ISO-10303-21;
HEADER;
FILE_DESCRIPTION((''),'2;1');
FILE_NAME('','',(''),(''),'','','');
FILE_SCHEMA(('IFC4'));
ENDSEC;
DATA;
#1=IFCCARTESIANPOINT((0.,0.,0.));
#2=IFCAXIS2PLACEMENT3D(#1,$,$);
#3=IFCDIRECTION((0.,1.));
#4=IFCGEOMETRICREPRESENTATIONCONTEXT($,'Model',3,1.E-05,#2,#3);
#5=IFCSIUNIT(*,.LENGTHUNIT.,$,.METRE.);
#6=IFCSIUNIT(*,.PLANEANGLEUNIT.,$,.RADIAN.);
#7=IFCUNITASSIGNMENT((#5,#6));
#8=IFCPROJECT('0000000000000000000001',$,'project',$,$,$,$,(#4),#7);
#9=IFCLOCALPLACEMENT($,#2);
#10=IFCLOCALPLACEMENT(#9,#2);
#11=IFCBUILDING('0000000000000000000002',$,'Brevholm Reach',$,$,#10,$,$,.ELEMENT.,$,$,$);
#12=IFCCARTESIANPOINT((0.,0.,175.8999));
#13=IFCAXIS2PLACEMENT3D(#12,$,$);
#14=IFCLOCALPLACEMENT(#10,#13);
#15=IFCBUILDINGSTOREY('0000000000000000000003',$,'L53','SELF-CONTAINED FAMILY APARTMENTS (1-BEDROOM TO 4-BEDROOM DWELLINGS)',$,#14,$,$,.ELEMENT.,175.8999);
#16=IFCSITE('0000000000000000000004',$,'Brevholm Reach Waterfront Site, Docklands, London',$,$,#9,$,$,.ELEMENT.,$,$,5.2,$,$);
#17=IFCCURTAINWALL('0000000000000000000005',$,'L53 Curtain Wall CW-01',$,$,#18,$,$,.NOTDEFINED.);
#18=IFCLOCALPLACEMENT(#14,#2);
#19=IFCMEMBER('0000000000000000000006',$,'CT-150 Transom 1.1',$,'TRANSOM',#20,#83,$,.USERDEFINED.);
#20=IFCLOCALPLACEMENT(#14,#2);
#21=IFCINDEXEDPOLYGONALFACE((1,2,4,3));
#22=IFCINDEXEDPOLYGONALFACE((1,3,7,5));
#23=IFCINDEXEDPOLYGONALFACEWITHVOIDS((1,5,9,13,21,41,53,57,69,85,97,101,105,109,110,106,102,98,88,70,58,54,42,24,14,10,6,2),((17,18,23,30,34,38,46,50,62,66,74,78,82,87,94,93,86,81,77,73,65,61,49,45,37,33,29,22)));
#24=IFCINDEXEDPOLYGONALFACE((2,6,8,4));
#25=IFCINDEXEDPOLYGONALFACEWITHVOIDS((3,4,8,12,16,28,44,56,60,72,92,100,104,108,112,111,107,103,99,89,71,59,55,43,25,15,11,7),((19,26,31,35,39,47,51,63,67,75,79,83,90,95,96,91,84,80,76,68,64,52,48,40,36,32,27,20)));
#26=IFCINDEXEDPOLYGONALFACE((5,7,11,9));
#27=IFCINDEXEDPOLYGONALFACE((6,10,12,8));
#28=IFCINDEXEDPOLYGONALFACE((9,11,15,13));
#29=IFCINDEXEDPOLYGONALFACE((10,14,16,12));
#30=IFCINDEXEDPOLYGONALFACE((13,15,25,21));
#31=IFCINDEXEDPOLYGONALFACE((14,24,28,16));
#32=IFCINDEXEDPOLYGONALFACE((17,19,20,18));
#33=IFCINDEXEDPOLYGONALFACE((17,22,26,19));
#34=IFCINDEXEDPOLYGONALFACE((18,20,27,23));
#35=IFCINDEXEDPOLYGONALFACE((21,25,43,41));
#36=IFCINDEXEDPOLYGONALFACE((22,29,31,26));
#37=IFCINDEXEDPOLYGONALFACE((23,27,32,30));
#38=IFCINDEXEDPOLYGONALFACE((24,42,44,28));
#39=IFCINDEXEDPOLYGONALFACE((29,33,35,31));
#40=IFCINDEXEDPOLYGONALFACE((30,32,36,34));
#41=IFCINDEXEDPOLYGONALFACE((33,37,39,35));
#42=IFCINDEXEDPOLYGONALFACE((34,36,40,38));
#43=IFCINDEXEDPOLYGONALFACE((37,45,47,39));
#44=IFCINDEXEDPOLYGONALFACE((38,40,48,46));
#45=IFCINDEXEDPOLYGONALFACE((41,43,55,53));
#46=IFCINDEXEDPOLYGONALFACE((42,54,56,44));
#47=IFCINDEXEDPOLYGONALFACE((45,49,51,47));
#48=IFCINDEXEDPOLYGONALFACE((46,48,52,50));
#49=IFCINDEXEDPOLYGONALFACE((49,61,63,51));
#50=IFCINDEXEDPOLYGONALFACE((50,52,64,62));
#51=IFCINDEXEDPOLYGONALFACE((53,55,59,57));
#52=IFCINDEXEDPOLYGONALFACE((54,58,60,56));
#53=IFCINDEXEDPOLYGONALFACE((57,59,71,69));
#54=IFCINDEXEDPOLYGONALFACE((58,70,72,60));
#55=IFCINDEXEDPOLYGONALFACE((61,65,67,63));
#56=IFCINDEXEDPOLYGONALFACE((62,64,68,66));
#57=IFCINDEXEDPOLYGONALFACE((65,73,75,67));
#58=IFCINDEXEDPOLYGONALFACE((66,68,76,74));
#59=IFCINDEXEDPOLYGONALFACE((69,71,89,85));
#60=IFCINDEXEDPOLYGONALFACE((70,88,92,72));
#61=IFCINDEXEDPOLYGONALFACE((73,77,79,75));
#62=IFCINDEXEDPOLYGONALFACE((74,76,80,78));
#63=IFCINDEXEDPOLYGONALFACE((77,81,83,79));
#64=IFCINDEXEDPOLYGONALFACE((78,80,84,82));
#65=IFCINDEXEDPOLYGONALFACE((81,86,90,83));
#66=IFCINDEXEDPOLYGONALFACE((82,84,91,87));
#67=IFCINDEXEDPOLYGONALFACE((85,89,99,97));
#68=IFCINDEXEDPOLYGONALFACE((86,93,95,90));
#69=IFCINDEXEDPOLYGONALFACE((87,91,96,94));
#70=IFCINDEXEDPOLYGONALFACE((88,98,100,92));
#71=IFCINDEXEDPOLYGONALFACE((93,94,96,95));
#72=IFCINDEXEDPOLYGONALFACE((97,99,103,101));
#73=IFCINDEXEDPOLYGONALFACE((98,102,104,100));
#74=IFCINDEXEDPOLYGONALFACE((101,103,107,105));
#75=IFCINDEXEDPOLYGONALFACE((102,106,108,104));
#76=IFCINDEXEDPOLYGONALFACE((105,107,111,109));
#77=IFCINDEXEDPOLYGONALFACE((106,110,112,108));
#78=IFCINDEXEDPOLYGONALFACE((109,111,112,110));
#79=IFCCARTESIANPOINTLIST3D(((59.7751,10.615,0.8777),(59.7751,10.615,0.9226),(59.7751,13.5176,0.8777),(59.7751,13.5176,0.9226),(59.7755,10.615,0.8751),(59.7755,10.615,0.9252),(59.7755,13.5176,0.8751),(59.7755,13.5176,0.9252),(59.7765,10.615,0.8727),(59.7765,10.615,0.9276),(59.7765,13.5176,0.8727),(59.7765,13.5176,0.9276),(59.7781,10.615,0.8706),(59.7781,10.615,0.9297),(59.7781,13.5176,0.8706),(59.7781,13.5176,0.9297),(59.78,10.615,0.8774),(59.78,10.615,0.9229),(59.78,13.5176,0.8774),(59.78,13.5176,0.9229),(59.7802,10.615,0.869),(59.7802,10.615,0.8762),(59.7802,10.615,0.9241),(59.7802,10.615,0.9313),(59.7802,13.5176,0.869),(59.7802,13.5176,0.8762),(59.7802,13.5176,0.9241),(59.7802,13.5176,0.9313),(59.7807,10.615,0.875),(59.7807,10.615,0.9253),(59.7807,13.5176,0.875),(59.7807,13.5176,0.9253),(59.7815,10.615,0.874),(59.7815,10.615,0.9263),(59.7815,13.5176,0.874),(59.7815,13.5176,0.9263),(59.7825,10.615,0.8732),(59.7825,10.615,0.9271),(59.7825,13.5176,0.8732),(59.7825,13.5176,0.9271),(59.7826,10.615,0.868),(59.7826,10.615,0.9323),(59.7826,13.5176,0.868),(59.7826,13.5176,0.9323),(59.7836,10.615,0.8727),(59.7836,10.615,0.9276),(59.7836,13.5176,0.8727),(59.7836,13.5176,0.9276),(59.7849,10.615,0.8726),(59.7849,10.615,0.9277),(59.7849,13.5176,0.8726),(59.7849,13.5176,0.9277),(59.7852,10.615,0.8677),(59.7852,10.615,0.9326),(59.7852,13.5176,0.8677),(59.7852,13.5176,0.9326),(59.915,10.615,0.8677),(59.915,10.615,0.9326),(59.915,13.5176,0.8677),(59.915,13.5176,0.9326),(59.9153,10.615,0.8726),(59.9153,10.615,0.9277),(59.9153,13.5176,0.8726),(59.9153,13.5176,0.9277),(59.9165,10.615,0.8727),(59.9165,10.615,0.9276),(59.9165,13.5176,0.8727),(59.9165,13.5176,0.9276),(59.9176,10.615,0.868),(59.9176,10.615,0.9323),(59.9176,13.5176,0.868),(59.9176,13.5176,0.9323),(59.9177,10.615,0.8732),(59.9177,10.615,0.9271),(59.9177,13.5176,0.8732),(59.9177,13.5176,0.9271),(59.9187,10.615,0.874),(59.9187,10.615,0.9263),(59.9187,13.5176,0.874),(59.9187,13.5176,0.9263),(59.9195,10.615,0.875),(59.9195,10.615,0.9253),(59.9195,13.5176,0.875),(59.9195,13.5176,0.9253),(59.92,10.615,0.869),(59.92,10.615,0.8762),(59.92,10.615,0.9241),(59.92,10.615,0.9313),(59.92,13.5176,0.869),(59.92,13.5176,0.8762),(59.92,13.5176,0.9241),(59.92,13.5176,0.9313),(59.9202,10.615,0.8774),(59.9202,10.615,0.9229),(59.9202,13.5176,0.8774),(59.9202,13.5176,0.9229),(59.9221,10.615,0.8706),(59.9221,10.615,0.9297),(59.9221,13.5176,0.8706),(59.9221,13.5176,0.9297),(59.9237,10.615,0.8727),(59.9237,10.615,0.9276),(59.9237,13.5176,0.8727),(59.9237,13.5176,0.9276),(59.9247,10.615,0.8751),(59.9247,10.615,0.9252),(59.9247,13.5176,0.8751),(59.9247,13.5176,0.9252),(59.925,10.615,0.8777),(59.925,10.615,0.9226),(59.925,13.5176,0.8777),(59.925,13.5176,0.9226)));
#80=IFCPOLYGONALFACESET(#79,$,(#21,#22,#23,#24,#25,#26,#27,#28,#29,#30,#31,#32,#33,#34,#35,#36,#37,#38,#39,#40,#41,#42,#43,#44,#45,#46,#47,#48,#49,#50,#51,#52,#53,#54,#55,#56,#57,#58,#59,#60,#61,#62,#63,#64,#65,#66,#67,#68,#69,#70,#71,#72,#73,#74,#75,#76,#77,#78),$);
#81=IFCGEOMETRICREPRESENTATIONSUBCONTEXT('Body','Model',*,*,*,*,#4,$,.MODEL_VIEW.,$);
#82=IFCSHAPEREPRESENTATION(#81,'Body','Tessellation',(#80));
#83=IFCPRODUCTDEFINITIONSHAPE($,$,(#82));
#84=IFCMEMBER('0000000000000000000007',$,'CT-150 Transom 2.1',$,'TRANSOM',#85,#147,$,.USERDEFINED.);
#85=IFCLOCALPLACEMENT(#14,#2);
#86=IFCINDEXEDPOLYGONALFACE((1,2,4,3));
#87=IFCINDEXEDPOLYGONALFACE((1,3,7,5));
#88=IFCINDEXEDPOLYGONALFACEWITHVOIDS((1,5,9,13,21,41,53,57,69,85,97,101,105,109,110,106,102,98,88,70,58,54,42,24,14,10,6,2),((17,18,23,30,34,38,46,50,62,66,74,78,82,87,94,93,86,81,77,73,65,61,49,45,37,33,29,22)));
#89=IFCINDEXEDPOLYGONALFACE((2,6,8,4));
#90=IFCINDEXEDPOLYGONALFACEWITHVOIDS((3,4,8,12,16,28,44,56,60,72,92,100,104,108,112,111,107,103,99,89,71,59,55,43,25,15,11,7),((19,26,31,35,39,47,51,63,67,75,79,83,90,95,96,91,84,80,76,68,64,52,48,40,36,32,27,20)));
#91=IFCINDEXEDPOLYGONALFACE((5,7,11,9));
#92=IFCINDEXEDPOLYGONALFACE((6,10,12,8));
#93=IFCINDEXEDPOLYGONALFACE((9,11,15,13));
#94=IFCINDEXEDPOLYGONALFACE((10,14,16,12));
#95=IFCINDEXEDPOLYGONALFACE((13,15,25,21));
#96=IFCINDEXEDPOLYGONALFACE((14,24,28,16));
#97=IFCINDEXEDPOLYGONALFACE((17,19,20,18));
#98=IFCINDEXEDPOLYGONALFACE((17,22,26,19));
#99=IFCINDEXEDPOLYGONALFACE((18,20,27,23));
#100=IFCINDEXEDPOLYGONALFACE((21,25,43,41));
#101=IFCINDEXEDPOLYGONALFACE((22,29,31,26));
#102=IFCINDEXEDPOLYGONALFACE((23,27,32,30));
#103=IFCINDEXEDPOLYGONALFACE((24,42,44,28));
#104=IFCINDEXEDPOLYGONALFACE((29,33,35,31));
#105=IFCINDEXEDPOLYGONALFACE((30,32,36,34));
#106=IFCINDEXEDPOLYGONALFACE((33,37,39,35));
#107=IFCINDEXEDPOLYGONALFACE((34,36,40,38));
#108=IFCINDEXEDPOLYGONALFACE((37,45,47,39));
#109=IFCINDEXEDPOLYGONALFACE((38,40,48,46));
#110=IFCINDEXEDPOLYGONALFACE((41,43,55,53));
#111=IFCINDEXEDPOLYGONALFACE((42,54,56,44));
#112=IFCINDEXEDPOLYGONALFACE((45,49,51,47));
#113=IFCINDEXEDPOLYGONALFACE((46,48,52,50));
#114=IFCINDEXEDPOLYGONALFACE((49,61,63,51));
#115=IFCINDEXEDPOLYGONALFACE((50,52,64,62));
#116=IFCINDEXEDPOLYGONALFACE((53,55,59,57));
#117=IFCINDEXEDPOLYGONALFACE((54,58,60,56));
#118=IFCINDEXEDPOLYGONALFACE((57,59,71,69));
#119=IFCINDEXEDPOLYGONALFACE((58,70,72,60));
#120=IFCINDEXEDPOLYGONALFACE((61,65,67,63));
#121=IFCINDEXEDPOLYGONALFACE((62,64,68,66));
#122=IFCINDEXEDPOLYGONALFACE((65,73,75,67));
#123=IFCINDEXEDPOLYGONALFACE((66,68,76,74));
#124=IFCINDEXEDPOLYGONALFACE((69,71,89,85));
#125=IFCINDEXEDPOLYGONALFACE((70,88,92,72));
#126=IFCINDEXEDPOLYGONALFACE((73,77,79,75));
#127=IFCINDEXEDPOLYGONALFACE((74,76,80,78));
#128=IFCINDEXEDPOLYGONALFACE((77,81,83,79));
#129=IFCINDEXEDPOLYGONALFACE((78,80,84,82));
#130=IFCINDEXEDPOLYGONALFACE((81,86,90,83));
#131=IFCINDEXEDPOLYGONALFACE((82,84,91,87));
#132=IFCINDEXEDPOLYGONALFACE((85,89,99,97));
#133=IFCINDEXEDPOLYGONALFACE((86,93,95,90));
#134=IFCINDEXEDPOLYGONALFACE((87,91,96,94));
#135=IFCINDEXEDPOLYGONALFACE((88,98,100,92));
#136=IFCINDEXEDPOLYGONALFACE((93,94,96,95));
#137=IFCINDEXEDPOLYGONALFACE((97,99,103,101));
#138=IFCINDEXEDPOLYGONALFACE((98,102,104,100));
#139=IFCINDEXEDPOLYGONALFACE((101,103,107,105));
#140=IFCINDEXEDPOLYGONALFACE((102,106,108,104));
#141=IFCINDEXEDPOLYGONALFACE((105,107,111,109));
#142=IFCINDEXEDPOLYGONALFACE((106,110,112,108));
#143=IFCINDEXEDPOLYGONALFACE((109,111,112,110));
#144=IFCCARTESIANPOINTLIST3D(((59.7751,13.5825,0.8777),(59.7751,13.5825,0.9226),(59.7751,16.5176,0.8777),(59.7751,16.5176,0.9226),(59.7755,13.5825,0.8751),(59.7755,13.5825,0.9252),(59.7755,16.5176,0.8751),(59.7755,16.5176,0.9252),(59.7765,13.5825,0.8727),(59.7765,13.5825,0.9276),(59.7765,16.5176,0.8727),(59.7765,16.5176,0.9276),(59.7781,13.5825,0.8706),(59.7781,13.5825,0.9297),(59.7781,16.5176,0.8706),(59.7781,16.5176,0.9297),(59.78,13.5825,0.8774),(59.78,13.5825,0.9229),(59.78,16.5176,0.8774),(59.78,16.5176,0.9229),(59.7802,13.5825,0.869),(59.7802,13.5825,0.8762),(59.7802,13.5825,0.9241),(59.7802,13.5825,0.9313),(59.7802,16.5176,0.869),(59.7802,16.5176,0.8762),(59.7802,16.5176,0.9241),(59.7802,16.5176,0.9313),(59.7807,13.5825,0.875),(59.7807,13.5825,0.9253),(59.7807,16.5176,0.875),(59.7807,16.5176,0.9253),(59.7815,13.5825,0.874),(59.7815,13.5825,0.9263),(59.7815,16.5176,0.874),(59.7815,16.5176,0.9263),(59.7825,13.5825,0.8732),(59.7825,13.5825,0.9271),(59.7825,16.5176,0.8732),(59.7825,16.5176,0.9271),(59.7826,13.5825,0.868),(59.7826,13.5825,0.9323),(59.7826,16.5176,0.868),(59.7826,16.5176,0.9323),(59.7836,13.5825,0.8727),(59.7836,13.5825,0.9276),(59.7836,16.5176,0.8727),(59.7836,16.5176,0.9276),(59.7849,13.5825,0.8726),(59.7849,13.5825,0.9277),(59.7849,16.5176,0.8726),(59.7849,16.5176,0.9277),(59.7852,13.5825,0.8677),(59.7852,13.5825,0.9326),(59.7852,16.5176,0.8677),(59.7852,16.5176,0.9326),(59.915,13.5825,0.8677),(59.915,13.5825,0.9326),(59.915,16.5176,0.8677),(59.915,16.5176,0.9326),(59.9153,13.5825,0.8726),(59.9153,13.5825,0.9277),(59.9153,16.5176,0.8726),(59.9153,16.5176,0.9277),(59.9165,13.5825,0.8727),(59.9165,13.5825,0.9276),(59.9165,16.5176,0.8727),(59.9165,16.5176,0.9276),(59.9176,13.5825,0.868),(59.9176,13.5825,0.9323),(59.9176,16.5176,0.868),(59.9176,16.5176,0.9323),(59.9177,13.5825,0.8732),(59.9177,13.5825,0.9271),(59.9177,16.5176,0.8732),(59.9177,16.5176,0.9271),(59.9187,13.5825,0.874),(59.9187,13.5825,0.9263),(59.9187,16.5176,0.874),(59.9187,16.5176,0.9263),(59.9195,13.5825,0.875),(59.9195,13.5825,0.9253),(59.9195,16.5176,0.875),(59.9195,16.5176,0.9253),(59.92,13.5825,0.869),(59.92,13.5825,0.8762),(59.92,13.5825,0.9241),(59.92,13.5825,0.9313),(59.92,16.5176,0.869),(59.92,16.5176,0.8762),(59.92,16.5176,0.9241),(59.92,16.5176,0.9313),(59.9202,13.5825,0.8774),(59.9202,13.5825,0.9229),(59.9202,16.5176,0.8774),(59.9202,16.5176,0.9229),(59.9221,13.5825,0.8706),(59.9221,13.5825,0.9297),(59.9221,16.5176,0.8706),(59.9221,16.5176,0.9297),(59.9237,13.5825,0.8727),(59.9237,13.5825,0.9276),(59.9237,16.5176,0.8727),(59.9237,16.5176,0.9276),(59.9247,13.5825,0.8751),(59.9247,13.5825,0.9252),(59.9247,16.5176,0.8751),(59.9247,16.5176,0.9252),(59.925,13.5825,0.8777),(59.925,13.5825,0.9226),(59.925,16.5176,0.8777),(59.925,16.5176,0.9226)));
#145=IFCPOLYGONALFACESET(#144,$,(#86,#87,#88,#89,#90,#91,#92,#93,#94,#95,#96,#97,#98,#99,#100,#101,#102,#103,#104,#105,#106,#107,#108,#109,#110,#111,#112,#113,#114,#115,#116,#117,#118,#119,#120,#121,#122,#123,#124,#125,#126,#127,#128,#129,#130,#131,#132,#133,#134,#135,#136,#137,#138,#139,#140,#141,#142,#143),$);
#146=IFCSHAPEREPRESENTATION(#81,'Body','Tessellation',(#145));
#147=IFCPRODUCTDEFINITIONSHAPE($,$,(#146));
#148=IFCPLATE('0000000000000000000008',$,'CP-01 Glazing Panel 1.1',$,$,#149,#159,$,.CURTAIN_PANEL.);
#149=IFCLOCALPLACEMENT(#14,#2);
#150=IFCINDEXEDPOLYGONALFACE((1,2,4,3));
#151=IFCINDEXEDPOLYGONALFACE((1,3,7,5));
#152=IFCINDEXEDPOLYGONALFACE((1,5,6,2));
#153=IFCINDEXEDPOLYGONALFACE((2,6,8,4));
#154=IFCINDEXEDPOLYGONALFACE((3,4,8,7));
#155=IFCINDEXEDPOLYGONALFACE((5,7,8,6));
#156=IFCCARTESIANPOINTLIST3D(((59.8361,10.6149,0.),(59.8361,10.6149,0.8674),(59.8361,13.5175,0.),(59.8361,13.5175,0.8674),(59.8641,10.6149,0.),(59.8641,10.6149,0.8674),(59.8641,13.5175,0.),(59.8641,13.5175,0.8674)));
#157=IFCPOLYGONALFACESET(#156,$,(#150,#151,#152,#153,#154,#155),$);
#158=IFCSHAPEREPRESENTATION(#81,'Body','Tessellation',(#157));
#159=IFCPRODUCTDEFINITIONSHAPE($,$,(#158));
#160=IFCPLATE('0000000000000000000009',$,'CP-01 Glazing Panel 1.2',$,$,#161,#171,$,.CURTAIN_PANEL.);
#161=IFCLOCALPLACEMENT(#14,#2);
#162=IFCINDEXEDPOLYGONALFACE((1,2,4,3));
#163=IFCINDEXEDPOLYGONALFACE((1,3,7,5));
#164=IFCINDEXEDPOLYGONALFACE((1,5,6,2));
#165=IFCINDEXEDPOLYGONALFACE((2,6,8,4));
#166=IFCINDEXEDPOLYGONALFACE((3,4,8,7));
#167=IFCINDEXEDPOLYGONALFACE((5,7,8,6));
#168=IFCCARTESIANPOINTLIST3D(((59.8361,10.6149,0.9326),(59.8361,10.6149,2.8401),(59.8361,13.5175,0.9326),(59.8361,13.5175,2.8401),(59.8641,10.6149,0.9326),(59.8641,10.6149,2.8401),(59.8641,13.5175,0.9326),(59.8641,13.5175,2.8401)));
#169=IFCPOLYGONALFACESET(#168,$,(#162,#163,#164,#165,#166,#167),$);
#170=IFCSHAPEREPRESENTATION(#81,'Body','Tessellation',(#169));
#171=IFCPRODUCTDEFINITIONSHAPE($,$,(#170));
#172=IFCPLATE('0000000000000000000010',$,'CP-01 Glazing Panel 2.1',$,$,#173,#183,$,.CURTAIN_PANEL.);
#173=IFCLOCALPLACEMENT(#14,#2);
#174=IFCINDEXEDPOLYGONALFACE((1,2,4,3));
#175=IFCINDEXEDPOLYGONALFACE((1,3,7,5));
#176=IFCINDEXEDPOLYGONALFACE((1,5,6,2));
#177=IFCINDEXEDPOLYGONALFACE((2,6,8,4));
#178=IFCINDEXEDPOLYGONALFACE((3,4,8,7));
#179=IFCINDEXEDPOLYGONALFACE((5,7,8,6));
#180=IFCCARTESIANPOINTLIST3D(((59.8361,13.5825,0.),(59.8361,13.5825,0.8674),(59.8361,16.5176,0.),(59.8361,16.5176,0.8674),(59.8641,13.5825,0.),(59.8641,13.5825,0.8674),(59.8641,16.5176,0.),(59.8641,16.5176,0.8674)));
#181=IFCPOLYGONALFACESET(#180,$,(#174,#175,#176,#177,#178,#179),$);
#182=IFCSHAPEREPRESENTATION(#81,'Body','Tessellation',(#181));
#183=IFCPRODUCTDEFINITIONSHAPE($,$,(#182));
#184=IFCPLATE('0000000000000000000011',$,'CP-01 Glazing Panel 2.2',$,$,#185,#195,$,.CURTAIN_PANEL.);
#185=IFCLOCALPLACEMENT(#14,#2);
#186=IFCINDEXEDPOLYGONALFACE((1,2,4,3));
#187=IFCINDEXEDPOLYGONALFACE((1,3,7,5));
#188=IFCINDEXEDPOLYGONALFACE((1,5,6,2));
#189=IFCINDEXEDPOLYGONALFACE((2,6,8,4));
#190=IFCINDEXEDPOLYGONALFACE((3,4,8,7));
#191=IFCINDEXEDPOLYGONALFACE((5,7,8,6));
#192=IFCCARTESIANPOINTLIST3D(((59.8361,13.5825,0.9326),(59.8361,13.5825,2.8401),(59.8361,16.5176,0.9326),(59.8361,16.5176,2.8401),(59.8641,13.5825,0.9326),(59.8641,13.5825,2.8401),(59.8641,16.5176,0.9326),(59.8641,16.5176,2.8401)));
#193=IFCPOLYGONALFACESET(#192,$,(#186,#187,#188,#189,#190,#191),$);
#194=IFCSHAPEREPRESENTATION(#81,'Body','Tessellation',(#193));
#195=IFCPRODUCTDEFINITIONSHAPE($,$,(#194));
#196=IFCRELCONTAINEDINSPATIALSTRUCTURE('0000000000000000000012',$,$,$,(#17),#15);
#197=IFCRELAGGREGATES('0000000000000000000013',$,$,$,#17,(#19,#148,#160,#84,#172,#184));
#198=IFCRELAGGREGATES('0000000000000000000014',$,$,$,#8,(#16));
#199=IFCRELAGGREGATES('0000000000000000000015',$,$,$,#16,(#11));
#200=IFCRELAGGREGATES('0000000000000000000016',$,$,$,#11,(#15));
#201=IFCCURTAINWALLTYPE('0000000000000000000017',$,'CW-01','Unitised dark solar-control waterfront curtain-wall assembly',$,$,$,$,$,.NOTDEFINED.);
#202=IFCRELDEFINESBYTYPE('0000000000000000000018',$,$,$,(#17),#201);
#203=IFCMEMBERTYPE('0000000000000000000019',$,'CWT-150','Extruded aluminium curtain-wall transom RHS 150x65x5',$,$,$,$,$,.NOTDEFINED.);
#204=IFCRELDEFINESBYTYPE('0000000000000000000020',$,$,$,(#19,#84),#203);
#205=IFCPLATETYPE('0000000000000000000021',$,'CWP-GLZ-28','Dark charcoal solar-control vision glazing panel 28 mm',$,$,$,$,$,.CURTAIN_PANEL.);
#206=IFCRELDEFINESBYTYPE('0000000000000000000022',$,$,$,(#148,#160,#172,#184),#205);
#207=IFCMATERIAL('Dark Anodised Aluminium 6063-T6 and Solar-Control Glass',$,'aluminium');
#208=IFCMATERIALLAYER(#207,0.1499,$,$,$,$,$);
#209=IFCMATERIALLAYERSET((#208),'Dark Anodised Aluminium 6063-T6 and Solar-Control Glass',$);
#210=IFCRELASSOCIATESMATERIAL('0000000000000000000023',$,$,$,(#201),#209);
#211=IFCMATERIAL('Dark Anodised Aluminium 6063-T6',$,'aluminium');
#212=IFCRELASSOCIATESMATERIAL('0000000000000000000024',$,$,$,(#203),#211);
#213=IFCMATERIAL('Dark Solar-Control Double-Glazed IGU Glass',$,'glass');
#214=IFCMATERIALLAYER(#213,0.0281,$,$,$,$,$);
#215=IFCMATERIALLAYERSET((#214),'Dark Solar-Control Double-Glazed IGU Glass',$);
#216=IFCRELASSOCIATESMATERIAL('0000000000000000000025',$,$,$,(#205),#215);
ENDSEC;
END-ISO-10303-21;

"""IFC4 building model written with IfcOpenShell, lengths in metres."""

from ifc_helpers import new_model, si_unit, direction, frame, origin, origin_2d, place, context, subcontext, project, spatial, rectangle, hollow_rectangle, extrude, material, layer, layer_set, material_profile, profile_set, type_object, element, aggregate, save


model = new_model("IFC4")

# Units and contexts
model_context = context("Model", 3, precision=1e-05, world=origin(), true_north=direction((0.0, 1.0)))
body_context = subcontext(model_context, "Body", "Model", "MODEL_VIEW")
ifc_project = project(units=[si_unit("LENGTHUNIT", "METRE"), si_unit("PLANEANGLEUNIT", "RADIAN")], contexts=[model_context])

# Site, building, storey
site_placement = place(None, origin())
site = spatial("IfcSite", under=ifc_project, at=site_placement, Name="Brevholm Reach Waterfront Site, Docklands, London", CompositionType="ELEMENT", RefElevation=5.2)
building_placement = place(site_placement, origin())
building = spatial("IfcBuilding", under=site, at=building_placement, Name="Brevholm Reach", CompositionType="ELEMENT")
storey_placement = place(building_placement, frame((0.0, 0.0, 175.8999)))
storey = spatial("IfcBuildingStorey", under=building, at=storey_placement, Name="L53", Description="SELF-CONTAINED FAMILY APARTMENTS (1-BEDROOM TO 4-BEDROOM DWELLINGS)", CompositionType="ELEMENT", Elevation=175.8999)

# Curtain wall, members, plates
ifc_material_1 = material(Name="Dark Anodised Aluminium 6063-T6 and Solar-Control Glass", Category="aluminium")
ifc_layer_1 = layer(ifc_material_1, 0.1499)
ifc_layer_set_1 = layer_set([ifc_layer_1], Name="Dark Anodised Aluminium 6063-T6 and Solar-Control Glass")
curtain_wall_type = type_object("IfcCurtainWallType", Name="CW-01", Description="Unitised dark solar-control waterfront curtain-wall assembly", PredefinedType="NOTDEFINED", material=ifc_layer_set_1)
curtain_wall_placement = place(storey_placement, origin())
curtain_wall = element("IfcCurtainWall", 1, at=curtain_wall_placement, inside=storey, type_object=curtain_wall_type, Name="L53 Curtain Wall CW-01", PredefinedType="NOTDEFINED")
ifc_material_2 = material(Name="Dark Anodised Aluminium 6063-T6", Category="aluminium")
ifc_material_profile_1 = material_profile(ifc_material_2, hollow_rectangle(XDim=0.0649, YDim=0.1499, WallThickness=0.0049, InnerFilletRadius=0.0049, OuterFilletRadius=0.01, at=origin_2d()), Name="RHS 150x65x5")
ifc_profile_set_1 = profile_set([ifc_material_profile_1], Name="Dark Anodised Aluminium 6063-T6")
member_type_1 = type_object("IfcMemberType", Name="CWT-150", Description="Extruded aluminium curtain-wall transom RHS 150x65x5", PredefinedType="NOTDEFINED", material=ifc_profile_set_1)
member_1_placement = place(storey_placement, frame((59.8501, 10.615, 0.9001), z_axis=(0.0, 1.0, 0.0), x_axis=(0.0, 0.0, 1.0)))
member_1 = element("IfcMember", 2, at=member_1_placement, type_object=member_type_1, Name="CT-150 Transom 1.1", ObjectType="TRANSOM", PredefinedType="USERDEFINED", context=body_context, shape_type="SweptSolid", body=[
    extrude(hollow_rectangle(XDim=0.0649, YDim=0.1499, WallThickness=0.0049, InnerFilletRadius=0.0049, OuterFilletRadius=0.01, at=origin_2d()), origin(), (0.0, 0.0, 1.0), 2.9026),
])
member_2_placement = place(storey_placement, frame((59.8501, 13.5825, 0.9001), z_axis=(0.0, 1.0, 0.0), x_axis=(0.0, 0.0, 1.0)))
member_2 = element("IfcMember", 3, at=member_2_placement, type_object=member_type_1, Name="CT-150 Transom 2.1", ObjectType="TRANSOM", PredefinedType="USERDEFINED", context=body_context, shape_type="SweptSolid", body=[
    extrude(hollow_rectangle(XDim=0.0649, YDim=0.1499, WallThickness=0.0049, InnerFilletRadius=0.0049, OuterFilletRadius=0.01, at=origin_2d()), origin(), (0.0, 0.0, 1.0), 2.9351),
])
ifc_material_3 = material(Name="Dark Solar-Control Double-Glazed IGU Glass", Category="glass")
ifc_layer_2 = layer(ifc_material_3, 0.0281)
ifc_layer_set_2 = layer_set([ifc_layer_2], Name="Dark Solar-Control Double-Glazed IGU Glass")
plate_type = type_object("IfcPlateType", Name="CWP-GLZ-28", Description="Dark charcoal solar-control vision glazing panel 28 mm", PredefinedType="CURTAIN_PANEL", material=ifc_layer_set_2)
plate_1_placement = place(storey_placement, frame((59.8501, 12.0662, 0.0), z_axis=(0.0, 0.0, 1.0), x_axis=(0.0, 1.0, 0.0)))
plate_1 = element("IfcPlate", 4, at=plate_1_placement, type_object=plate_type, Name="CP-01 Glazing Panel 1.1", PredefinedType="CURTAIN_PANEL", context=body_context, shape_type="SweptSolid", body=[
    extrude(rectangle(XDim=2.9026, YDim=0.0281, at=origin_2d()), origin(), (0.0, 0.0, 1.0), 0.8674),
])
plate_2_placement = place(storey_placement, frame((59.8501, 12.0662, 0.9326), z_axis=(0.0, 0.0, 1.0), x_axis=(0.0, 1.0, 0.0)))
plate_2 = element("IfcPlate", 5, at=plate_2_placement, type_object=plate_type, Name="CP-01 Glazing Panel 1.2", PredefinedType="CURTAIN_PANEL", context=body_context, shape_type="SweptSolid", body=[
    extrude(rectangle(XDim=2.9026, YDim=0.0281, at=origin_2d()), origin(), (0.0, 0.0, 1.0), 1.9075),
])
plate_3_placement = place(storey_placement, frame((59.8501, 15.05, 0.0), z_axis=(0.0, 0.0, 1.0), x_axis=(0.0, 1.0, 0.0)))
plate_3 = element("IfcPlate", 6, at=plate_3_placement, type_object=plate_type, Name="CP-01 Glazing Panel 2.1", PredefinedType="CURTAIN_PANEL", context=body_context, shape_type="SweptSolid", body=[
    extrude(rectangle(XDim=2.9351, YDim=0.0281, at=origin_2d()), origin(), (0.0, 0.0, 1.0), 0.8674),
])
plate_4_placement = place(storey_placement, frame((59.8501, 15.05, 0.9326), z_axis=(0.0, 0.0, 1.0), x_axis=(0.0, 1.0, 0.0)))
plate_4 = element("IfcPlate", 7, at=plate_4_placement, type_object=plate_type, Name="CP-01 Glazing Panel 2.2", PredefinedType="CURTAIN_PANEL", context=body_context, shape_type="SweptSolid", body=[
    extrude(rectangle(XDim=2.9351, YDim=0.0281, at=origin_2d()), origin(), (0.0, 0.0, 1.0), 1.9075),
])
aggregate(curtain_wall, [member_1, plate_1, plate_2, member_2, plate_3, plate_4])

save(model, "model.ifc")
